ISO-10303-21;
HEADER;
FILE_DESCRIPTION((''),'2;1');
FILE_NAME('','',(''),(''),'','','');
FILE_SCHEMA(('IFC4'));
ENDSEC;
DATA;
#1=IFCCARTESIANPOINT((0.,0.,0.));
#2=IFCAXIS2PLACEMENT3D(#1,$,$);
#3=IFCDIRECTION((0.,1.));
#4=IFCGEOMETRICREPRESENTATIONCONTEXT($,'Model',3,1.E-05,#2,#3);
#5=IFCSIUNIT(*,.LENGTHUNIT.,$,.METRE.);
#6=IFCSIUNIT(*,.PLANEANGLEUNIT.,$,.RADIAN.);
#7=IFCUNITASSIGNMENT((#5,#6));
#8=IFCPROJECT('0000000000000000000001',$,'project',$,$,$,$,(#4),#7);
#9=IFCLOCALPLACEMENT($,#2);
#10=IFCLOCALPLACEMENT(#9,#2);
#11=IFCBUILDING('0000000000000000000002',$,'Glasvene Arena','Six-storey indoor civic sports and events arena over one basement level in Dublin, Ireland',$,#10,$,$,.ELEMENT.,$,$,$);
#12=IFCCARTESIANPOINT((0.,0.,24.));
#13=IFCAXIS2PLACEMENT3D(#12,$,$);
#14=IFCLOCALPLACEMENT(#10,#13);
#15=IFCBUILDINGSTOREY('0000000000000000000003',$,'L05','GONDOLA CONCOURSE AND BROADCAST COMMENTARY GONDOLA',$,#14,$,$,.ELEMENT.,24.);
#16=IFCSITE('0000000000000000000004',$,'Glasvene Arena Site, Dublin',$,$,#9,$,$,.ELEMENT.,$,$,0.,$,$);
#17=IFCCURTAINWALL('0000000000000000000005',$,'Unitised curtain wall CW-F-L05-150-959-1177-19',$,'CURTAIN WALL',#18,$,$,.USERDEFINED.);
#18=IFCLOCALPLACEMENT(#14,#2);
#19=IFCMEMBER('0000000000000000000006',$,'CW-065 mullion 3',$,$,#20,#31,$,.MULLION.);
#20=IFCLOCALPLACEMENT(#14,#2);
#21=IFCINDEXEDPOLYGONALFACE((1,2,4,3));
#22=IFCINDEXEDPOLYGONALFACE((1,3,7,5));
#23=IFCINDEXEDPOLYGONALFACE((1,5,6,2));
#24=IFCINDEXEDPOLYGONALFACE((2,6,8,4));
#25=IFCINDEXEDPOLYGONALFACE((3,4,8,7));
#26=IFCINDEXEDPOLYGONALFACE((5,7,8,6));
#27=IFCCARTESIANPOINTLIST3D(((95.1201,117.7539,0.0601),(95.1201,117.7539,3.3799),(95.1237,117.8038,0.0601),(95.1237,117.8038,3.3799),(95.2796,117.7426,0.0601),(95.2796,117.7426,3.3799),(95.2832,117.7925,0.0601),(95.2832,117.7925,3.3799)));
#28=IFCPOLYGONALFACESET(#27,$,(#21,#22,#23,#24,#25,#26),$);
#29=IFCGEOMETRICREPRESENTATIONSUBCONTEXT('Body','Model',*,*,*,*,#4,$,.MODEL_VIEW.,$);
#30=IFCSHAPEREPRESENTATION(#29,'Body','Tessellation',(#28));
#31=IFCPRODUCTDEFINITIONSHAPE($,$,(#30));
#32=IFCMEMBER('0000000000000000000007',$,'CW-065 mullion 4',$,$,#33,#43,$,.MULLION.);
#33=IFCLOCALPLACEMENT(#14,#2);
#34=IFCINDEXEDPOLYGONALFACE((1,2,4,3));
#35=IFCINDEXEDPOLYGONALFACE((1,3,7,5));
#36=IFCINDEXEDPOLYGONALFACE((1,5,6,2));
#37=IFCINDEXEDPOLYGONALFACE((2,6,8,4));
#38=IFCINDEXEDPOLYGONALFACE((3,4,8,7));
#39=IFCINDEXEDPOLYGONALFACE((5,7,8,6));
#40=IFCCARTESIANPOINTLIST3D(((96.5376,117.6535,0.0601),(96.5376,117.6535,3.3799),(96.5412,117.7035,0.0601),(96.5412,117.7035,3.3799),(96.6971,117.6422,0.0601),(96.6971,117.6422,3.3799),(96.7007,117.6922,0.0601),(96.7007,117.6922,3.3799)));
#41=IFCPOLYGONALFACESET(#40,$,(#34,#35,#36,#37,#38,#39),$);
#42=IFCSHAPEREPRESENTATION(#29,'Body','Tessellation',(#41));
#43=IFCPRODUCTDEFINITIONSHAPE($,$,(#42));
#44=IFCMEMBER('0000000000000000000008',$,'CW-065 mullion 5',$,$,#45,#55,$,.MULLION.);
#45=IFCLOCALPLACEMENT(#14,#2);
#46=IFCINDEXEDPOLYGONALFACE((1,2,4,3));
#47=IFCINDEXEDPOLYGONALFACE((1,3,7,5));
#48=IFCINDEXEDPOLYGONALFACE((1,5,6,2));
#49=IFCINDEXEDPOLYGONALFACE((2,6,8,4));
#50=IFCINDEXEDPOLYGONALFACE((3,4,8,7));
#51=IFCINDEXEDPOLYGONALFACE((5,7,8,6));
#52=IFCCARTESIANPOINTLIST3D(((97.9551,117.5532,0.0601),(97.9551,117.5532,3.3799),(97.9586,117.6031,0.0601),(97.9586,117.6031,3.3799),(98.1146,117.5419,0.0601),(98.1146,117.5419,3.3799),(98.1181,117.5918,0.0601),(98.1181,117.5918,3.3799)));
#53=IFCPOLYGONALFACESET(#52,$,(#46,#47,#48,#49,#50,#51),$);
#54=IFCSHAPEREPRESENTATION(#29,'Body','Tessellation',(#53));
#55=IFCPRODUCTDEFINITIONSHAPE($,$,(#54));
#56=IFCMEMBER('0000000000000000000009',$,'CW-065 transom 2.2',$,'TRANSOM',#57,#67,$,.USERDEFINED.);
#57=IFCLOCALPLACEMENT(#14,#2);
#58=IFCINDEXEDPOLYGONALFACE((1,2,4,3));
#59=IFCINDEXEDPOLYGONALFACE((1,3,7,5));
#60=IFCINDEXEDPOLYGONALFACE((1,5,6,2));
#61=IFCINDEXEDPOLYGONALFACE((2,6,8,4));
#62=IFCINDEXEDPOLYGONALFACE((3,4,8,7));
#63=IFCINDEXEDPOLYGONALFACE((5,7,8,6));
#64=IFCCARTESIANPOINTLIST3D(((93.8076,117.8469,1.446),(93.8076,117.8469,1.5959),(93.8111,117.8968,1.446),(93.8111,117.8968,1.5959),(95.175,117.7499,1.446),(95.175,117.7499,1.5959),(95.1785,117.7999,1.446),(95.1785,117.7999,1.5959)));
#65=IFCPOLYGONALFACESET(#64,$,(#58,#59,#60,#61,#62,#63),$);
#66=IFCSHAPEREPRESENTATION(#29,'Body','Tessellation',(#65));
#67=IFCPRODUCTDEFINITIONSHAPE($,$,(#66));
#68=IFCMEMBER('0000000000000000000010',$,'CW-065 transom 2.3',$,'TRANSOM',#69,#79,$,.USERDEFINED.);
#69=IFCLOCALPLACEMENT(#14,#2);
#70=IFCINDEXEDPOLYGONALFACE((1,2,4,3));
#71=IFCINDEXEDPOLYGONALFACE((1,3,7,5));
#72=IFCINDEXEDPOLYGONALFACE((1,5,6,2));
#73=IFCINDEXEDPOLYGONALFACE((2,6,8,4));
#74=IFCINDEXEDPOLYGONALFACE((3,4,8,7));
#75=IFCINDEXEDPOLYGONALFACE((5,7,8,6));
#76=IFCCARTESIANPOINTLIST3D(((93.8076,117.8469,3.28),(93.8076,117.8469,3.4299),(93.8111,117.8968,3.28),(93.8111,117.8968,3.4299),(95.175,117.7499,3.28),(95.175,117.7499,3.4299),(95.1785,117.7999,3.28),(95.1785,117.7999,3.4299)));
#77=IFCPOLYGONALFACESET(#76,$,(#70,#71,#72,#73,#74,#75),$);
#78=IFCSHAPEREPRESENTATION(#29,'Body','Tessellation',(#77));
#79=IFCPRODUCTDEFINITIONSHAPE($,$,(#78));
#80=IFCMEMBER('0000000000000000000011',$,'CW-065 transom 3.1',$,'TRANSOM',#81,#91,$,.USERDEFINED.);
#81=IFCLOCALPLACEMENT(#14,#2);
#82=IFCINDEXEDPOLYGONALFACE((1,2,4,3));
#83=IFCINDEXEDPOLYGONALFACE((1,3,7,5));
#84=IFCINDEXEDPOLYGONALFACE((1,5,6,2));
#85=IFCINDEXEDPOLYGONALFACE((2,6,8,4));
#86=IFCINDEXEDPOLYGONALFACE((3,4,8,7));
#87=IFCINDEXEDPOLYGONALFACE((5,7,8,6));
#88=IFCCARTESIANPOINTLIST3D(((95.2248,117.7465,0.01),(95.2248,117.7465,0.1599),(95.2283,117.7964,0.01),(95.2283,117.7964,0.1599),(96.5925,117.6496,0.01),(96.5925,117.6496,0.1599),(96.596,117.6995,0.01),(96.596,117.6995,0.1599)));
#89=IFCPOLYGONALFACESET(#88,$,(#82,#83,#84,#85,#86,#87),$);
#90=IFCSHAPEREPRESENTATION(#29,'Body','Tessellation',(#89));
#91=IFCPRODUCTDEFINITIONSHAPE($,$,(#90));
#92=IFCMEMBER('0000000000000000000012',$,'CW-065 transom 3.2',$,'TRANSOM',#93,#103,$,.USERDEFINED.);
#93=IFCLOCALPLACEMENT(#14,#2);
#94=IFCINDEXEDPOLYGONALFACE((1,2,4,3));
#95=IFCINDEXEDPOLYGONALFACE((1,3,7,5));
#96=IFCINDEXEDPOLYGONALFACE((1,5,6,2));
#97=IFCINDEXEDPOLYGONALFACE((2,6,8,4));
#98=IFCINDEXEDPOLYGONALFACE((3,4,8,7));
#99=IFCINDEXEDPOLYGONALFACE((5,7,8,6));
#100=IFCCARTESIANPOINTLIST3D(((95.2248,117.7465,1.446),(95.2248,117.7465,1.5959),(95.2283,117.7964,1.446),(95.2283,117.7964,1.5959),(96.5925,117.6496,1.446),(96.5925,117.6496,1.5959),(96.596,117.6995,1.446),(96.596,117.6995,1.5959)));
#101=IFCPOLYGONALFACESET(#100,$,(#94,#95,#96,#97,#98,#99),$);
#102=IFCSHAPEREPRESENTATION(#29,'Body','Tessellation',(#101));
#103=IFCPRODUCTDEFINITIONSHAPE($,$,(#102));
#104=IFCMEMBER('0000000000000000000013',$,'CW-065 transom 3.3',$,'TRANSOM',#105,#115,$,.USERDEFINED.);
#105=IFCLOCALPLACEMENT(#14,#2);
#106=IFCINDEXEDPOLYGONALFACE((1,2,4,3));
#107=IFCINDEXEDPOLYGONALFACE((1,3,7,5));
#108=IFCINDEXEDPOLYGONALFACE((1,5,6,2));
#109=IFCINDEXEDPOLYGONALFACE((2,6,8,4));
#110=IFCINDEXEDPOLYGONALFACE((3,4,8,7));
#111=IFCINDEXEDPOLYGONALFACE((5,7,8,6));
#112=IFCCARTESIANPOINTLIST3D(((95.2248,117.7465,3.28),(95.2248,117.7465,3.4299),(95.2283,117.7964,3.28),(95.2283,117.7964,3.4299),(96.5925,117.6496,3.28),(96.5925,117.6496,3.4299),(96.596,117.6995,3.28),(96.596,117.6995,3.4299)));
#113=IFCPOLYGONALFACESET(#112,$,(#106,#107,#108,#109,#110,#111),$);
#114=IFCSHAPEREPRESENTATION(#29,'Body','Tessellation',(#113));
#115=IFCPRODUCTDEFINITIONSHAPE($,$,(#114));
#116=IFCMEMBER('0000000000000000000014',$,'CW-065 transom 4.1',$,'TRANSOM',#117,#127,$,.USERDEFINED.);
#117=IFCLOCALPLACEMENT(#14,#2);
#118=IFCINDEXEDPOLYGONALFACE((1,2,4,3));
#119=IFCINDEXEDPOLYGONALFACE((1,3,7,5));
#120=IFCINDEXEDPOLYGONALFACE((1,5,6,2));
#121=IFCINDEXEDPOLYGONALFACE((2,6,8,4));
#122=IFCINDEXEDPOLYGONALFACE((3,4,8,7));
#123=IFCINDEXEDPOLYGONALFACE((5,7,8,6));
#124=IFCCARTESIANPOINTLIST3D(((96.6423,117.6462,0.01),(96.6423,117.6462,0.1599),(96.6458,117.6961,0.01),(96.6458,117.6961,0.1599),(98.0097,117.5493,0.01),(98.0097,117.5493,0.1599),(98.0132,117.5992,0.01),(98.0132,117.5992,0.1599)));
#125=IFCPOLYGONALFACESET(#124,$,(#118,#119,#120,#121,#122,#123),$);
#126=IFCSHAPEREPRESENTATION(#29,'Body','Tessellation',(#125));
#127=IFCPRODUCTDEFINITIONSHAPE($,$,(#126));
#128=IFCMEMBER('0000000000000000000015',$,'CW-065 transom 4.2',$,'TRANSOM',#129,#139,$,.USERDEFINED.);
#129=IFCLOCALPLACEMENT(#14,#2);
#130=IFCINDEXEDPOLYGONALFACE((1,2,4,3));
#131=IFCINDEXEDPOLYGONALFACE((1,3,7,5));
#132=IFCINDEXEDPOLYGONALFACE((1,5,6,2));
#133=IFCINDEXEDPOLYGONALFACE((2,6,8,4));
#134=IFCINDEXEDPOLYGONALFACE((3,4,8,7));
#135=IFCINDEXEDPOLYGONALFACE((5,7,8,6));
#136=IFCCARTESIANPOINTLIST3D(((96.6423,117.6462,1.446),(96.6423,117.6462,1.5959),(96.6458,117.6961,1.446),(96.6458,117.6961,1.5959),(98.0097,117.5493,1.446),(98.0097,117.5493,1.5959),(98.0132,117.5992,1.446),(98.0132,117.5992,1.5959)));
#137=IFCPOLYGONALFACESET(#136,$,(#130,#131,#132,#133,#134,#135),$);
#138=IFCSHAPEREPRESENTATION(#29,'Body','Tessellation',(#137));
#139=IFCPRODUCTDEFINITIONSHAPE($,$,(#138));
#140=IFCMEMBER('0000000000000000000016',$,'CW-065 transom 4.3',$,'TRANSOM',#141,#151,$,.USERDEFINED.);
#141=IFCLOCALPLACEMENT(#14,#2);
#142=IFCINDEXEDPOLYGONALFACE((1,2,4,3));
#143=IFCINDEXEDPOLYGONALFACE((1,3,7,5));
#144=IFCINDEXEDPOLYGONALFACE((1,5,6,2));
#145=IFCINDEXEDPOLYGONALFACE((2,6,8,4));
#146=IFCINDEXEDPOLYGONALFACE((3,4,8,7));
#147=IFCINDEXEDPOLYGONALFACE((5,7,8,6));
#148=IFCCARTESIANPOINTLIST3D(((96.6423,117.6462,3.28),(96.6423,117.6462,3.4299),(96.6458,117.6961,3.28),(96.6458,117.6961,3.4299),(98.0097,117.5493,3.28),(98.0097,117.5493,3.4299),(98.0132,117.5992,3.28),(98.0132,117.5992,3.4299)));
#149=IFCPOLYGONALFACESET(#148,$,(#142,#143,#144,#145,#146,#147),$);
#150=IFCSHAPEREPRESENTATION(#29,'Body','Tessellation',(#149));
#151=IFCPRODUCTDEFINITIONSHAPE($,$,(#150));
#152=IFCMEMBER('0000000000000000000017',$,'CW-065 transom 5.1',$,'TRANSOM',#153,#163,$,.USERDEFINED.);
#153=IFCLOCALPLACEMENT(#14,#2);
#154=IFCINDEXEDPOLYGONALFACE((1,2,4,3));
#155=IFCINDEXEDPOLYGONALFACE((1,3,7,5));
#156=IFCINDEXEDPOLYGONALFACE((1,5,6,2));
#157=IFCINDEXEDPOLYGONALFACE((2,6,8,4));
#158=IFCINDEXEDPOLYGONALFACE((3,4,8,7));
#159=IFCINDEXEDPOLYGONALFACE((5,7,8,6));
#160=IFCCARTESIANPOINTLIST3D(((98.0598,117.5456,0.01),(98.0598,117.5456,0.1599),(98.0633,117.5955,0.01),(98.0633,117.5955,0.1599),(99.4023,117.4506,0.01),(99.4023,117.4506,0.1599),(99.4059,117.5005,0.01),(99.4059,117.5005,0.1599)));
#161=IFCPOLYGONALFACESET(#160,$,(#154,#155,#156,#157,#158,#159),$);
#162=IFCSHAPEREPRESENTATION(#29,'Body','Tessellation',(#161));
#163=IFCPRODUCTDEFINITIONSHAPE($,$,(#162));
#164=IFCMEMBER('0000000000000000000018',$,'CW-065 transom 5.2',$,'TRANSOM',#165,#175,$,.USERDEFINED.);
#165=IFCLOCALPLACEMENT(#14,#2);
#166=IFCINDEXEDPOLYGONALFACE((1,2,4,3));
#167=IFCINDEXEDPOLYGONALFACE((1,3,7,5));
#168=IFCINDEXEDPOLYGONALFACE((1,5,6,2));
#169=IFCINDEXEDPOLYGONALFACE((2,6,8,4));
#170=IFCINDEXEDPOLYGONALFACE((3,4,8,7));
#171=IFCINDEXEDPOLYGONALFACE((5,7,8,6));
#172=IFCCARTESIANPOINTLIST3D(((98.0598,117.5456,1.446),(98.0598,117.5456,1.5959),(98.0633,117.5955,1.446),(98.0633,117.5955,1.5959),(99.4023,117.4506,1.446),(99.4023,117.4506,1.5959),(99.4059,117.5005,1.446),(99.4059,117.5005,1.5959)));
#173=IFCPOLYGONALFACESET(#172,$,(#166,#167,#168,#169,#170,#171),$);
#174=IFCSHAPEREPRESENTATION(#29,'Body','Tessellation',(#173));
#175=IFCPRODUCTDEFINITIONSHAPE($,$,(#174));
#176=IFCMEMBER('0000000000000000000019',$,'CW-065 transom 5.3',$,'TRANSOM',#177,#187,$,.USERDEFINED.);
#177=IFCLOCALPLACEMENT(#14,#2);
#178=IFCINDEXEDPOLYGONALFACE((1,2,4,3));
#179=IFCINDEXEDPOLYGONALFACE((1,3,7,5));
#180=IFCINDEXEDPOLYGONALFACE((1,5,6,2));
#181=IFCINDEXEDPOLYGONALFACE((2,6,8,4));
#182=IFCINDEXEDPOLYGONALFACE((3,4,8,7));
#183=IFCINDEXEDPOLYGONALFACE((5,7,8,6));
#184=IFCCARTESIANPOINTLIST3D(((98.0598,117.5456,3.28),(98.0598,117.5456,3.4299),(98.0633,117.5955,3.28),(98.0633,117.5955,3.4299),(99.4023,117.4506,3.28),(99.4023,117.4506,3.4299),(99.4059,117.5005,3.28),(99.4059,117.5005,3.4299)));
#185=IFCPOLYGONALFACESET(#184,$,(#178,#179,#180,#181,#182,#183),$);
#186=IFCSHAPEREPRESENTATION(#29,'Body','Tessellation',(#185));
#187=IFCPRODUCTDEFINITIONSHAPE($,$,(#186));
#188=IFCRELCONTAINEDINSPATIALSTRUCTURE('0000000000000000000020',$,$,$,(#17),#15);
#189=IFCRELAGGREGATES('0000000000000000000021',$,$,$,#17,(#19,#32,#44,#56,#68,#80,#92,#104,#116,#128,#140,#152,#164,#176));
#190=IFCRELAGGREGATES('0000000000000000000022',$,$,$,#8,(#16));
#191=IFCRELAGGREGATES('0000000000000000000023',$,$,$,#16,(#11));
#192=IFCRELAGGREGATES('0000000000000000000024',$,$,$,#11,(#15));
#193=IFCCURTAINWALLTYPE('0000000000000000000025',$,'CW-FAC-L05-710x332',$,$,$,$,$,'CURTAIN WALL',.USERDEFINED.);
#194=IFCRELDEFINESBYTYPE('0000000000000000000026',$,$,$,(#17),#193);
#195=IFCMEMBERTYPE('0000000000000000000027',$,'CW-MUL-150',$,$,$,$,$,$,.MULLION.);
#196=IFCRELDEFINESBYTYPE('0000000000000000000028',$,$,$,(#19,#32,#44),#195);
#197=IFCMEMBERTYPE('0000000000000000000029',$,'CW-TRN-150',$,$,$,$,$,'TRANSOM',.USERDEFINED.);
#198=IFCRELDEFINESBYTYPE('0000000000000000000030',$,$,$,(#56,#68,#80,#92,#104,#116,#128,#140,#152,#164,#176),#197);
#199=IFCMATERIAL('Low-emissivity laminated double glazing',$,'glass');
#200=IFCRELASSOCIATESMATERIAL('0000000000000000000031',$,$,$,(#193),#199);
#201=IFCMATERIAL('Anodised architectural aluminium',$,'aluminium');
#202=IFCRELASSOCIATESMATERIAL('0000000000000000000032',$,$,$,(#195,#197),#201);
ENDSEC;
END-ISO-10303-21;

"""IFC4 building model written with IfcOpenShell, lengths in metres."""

from ifc_helpers import new_model, si_unit, direction, frame, origin, origin_2d, place, context, subcontext, project, spatial, rectangle, extrude, material, material_profile, profile_set, type_object, element, aggregate, save


model = new_model("IFC4")

# Units and contexts
model_context = context("Model", 3, precision=1e-05, world=origin(), true_north=direction((0.0, 1.0)))
body_context = subcontext(model_context, "Body", "Model", "MODEL_VIEW")
ifc_project = project(units=[si_unit("LENGTHUNIT", "METRE"), si_unit("PLANEANGLEUNIT", "RADIAN")], contexts=[model_context])

# Site, building, storey
site_placement = place(None, origin())
site = spatial("IfcSite", under=ifc_project, at=site_placement, Name="Glasvene Arena Site, Dublin", CompositionType="ELEMENT", RefElevation=0.0)
building_placement = place(site_placement, origin())
building = spatial("IfcBuilding", under=site, at=building_placement, Name="Glasvene Arena", Description="Six-storey indoor civic sports and events arena over one basement level in Dublin, Ireland", CompositionType="ELEMENT")
storey_placement = place(building_placement, frame((0.0, 0.0, 24.0)))
storey = spatial("IfcBuildingStorey", under=building, at=storey_placement, Name="L05", Description="GONDOLA CONCOURSE AND BROADCAST COMMENTARY GONDOLA", CompositionType="ELEMENT", Elevation=24.0)

# Curtain wall, members
ifc_material_1 = material(Name="Low-emissivity laminated double glazing", Category="glass")
curtain_wall_type = type_object("IfcCurtainWallType", Name="CW-FAC-L05-710x332", ElementType="CURTAIN WALL", PredefinedType="USERDEFINED", material=ifc_material_1)
curtain_wall_placement = place(storey_placement, frame((92.3669, 117.9741, 0.0)))
curtain_wall = element("IfcCurtainWall", 1, at=curtain_wall_placement, inside=storey, type_object=curtain_wall_type, Name="Unitised curtain wall CW-F-L05-150-959-1177-19", ObjectType="CURTAIN WALL", PredefinedType="USERDEFINED")
ifc_material_2 = material(Name="Anodised architectural aluminium", Category="aluminium")
ifc_material_profile_1 = material_profile(ifc_material_2, rectangle(XDim=0.05, YDim=0.1599, at=origin_2d()), Name="ALU MULLION 50x160")
ifc_profile_set_1 = profile_set([ifc_material_profile_1], Name="Anodised architectural aluminium")
member_type_1 = type_object("IfcMemberType", Name="CW-MUL-150", PredefinedType="MULLION", material=ifc_profile_set_1)
member_1_placement = place(storey_placement, frame((95.2017, 117.7732, 0.0601), z_axis=(0.0, 0.0, 1.0), x_axis=(0.070657, 0.997501, 0.0)))
member_1 = element("IfcMember", 2, at=member_1_placement, type_object=member_type_1, Name="CW-065 mullion 3", PredefinedType="MULLION", context=body_context, shape_type="SweptSolid", body=[
    extrude(rectangle(XDim=0.05, YDim=0.1599, at=origin_2d()), origin(), (0.0, 0.0, 1.0), 3.3198),
])
member_2_placement = place(storey_placement, frame((96.6191, 117.6729, 0.0601), z_axis=(0.0, 0.0, 1.0), x_axis=(0.070657, 0.997501, 0.0)))
member_2 = element("IfcMember", 3, at=member_2_placement, type_object=member_type_1, Name="CW-065 mullion 4", PredefinedType="MULLION", context=body_context, shape_type="SweptSolid", body=[
    extrude(rectangle(XDim=0.05, YDim=0.1599, at=origin_2d()), origin(), (0.0, 0.0, 1.0), 3.3198),
])
member_3_placement = place(storey_placement, frame((98.0366, 117.5725, 0.0601), z_axis=(0.0, 0.0, 1.0), x_axis=(0.070657, 0.997501, 0.0)))
member_3 = element("IfcMember", 4, at=member_3_placement, type_object=member_type_1, Name="CW-065 mullion 5", PredefinedType="MULLION", context=body_context, shape_type="SweptSolid", body=[
    extrude(rectangle(XDim=0.05, YDim=0.1599, at=origin_2d()), origin(), (0.0, 0.0, 1.0), 3.3198),
])
ifc_material_profile_2 = material_profile(ifc_material_2, rectangle(XDim=0.05, YDim=0.1499, at=origin_2d()), Name="ALU TRANSOM 50x150")
ifc_profile_set_2 = profile_set([ifc_material_profile_2], Name="Anodised architectural aluminium")
member_type_2 = type_object("IfcMemberType", Name="CW-TRN-150", ElementType="TRANSOM", PredefinedType="USERDEFINED", material=ifc_profile_set_2)
member_4_placement = place(storey_placement, frame((93.8093, 117.8718, 1.521), z_axis=(0.997497, -0.070703, 0.0), x_axis=(0.070703, 0.997497, 0.0)))
member_4 = element("IfcMember", 5, at=member_4_placement, type_object=member_type_2, Name="CW-065 transom 2.2", ObjectType="TRANSOM", PredefinedType="USERDEFINED", context=body_context, shape_type="SweptSolid", body=[
    extrude(rectangle(XDim=0.05, YDim=0.1499, at=origin_2d()), origin(), (0.0, 0.0, 1.0), 1.3708),
])
member_5_placement = place(storey_placement, frame((93.8093, 117.8718, 3.355), z_axis=(0.997497, -0.070703, 0.0), x_axis=(0.070703, 0.997497, 0.0)))
member_5 = element("IfcMember", 6, at=member_5_placement, type_object=member_type_2, Name="CW-065 transom 2.3", ObjectType="TRANSOM", PredefinedType="USERDEFINED", context=body_context, shape_type="SweptSolid", body=[
    extrude(rectangle(XDim=0.05, YDim=0.1499, at=origin_2d()), origin(), (0.0, 0.0, 1.0), 1.3708),
])
member_6_placement = place(storey_placement, frame((95.2266, 117.7715, 0.085), z_axis=(0.997498, -0.07069, 0.0), x_axis=(0.07069, 0.997498, 0.0)))
member_6 = element("IfcMember", 7, at=member_6_placement, type_object=member_type_2, Name="CW-065 transom 3.1", ObjectType="TRANSOM", PredefinedType="USERDEFINED", context=body_context, shape_type="SweptSolid", body=[
    extrude(rectangle(XDim=0.05, YDim=0.1499, at=origin_2d()), origin(), (0.0, 0.0, 1.0), 1.3711),
])
member_7_placement = place(storey_placement, frame((95.2266, 117.7715, 1.521), z_axis=(0.997498, -0.07069, 0.0), x_axis=(0.07069, 0.997498, 0.0)))
member_7 = element("IfcMember", 8, at=member_7_placement, type_object=member_type_2, Name="CW-065 transom 3.2", ObjectType="TRANSOM", PredefinedType="USERDEFINED", context=body_context, shape_type="SweptSolid", body=[
    extrude(rectangle(XDim=0.05, YDim=0.1499, at=origin_2d()), origin(), (0.0, 0.0, 1.0), 1.3711),
])
member_8_placement = place(storey_placement, frame((95.2266, 117.7715, 3.355), z_axis=(0.997498, -0.07069, 0.0), x_axis=(0.07069, 0.997498, 0.0)))
member_8 = element("IfcMember", 9, at=member_8_placement, type_object=member_type_2, Name="CW-065 transom 3.3", ObjectType="TRANSOM", PredefinedType="USERDEFINED", context=body_context, shape_type="SweptSolid", body=[
    extrude(rectangle(XDim=0.05, YDim=0.1499, at=origin_2d()), origin(), (0.0, 0.0, 1.0), 1.3711),
])
member_9_placement = place(storey_placement, frame((96.644, 117.6711, 0.085), z_axis=(0.997497, -0.070703, 0.0), x_axis=(0.070703, 0.997497, 0.0)))
member_9 = element("IfcMember", 10, at=member_9_placement, type_object=member_type_2, Name="CW-065 transom 4.1", ObjectType="TRANSOM", PredefinedType="USERDEFINED", context=body_context, shape_type="SweptSolid", body=[
    extrude(rectangle(XDim=0.05, YDim=0.1499, at=origin_2d()), origin(), (0.0, 0.0, 1.0), 1.3708),
])
member_10_placement = place(storey_placement, frame((96.644, 117.6711, 1.521), z_axis=(0.997497, -0.070703, 0.0), x_axis=(0.070703, 0.997497, 0.0)))
member_10 = element("IfcMember", 11, at=member_10_placement, type_object=member_type_2, Name="CW-065 transom 4.2", ObjectType="TRANSOM", PredefinedType="USERDEFINED", context=body_context, shape_type="SweptSolid", body=[
    extrude(rectangle(XDim=0.05, YDim=0.1499, at=origin_2d()), origin(), (0.0, 0.0, 1.0), 1.3708),
])
member_11_placement = place(storey_placement, frame((96.644, 117.6711, 3.355), z_axis=(0.997497, -0.070703, 0.0), x_axis=(0.070703, 0.997497, 0.0)))
member_11 = element("IfcMember", 12, at=member_11_placement, type_object=member_type_2, Name="CW-065 transom 4.3", ObjectType="TRANSOM", PredefinedType="USERDEFINED", context=body_context, shape_type="SweptSolid", body=[
    extrude(rectangle(XDim=0.05, YDim=0.1499, at=origin_2d()), origin(), (0.0, 0.0, 1.0), 1.3708),
])
member_12_placement = place(storey_placement, frame((98.0615, 117.5706, 0.085), z_axis=(0.997507, -0.070564, 0.0), x_axis=(0.070564, 0.997507, 0.0)))
member_12 = element("IfcMember", 13, at=member_12_placement, type_object=member_type_2, Name="CW-065 transom 5.1", ObjectType="TRANSOM", PredefinedType="USERDEFINED", context=body_context, shape_type="SweptSolid", body=[
    extrude(rectangle(XDim=0.05, YDim=0.1499, at=origin_2d()), origin(), (0.0, 0.0, 1.0), 1.3459),
])
member_13_placement = place(storey_placement, frame((98.0615, 117.5706, 1.521), z_axis=(0.997507, -0.070564, 0.0), x_axis=(0.070564, 0.997507, 0.0)))
member_13 = element("IfcMember", 14, at=member_13_placement, type_object=member_type_2, Name="CW-065 transom 5.2", ObjectType="TRANSOM", PredefinedType="USERDEFINED", context=body_context, shape_type="SweptSolid", body=[
    extrude(rectangle(XDim=0.05, YDim=0.1499, at=origin_2d()), origin(), (0.0, 0.0, 1.0), 1.3459),
])
member_14_placement = place(storey_placement, frame((98.0615, 117.5706, 3.355), z_axis=(0.997507, -0.070564, 0.0), x_axis=(0.070564, 0.997507, 0.0)))
member_14 = element("IfcMember", 15, at=member_14_placement, type_object=member_type_2, Name="CW-065 transom 5.3", ObjectType="TRANSOM", PredefinedType="USERDEFINED", context=body_context, shape_type="SweptSolid", body=[
    extrude(rectangle(XDim=0.05, YDim=0.1499, at=origin_2d()), origin(), (0.0, 0.0, 1.0), 1.3459),
])
aggregate(curtain_wall, [member_1, member_2, member_3, member_4, member_5, member_6, member_7, member_8, member_9, member_10, member_11, member_12, member_13, member_14])

save(model, "model.ifc")
